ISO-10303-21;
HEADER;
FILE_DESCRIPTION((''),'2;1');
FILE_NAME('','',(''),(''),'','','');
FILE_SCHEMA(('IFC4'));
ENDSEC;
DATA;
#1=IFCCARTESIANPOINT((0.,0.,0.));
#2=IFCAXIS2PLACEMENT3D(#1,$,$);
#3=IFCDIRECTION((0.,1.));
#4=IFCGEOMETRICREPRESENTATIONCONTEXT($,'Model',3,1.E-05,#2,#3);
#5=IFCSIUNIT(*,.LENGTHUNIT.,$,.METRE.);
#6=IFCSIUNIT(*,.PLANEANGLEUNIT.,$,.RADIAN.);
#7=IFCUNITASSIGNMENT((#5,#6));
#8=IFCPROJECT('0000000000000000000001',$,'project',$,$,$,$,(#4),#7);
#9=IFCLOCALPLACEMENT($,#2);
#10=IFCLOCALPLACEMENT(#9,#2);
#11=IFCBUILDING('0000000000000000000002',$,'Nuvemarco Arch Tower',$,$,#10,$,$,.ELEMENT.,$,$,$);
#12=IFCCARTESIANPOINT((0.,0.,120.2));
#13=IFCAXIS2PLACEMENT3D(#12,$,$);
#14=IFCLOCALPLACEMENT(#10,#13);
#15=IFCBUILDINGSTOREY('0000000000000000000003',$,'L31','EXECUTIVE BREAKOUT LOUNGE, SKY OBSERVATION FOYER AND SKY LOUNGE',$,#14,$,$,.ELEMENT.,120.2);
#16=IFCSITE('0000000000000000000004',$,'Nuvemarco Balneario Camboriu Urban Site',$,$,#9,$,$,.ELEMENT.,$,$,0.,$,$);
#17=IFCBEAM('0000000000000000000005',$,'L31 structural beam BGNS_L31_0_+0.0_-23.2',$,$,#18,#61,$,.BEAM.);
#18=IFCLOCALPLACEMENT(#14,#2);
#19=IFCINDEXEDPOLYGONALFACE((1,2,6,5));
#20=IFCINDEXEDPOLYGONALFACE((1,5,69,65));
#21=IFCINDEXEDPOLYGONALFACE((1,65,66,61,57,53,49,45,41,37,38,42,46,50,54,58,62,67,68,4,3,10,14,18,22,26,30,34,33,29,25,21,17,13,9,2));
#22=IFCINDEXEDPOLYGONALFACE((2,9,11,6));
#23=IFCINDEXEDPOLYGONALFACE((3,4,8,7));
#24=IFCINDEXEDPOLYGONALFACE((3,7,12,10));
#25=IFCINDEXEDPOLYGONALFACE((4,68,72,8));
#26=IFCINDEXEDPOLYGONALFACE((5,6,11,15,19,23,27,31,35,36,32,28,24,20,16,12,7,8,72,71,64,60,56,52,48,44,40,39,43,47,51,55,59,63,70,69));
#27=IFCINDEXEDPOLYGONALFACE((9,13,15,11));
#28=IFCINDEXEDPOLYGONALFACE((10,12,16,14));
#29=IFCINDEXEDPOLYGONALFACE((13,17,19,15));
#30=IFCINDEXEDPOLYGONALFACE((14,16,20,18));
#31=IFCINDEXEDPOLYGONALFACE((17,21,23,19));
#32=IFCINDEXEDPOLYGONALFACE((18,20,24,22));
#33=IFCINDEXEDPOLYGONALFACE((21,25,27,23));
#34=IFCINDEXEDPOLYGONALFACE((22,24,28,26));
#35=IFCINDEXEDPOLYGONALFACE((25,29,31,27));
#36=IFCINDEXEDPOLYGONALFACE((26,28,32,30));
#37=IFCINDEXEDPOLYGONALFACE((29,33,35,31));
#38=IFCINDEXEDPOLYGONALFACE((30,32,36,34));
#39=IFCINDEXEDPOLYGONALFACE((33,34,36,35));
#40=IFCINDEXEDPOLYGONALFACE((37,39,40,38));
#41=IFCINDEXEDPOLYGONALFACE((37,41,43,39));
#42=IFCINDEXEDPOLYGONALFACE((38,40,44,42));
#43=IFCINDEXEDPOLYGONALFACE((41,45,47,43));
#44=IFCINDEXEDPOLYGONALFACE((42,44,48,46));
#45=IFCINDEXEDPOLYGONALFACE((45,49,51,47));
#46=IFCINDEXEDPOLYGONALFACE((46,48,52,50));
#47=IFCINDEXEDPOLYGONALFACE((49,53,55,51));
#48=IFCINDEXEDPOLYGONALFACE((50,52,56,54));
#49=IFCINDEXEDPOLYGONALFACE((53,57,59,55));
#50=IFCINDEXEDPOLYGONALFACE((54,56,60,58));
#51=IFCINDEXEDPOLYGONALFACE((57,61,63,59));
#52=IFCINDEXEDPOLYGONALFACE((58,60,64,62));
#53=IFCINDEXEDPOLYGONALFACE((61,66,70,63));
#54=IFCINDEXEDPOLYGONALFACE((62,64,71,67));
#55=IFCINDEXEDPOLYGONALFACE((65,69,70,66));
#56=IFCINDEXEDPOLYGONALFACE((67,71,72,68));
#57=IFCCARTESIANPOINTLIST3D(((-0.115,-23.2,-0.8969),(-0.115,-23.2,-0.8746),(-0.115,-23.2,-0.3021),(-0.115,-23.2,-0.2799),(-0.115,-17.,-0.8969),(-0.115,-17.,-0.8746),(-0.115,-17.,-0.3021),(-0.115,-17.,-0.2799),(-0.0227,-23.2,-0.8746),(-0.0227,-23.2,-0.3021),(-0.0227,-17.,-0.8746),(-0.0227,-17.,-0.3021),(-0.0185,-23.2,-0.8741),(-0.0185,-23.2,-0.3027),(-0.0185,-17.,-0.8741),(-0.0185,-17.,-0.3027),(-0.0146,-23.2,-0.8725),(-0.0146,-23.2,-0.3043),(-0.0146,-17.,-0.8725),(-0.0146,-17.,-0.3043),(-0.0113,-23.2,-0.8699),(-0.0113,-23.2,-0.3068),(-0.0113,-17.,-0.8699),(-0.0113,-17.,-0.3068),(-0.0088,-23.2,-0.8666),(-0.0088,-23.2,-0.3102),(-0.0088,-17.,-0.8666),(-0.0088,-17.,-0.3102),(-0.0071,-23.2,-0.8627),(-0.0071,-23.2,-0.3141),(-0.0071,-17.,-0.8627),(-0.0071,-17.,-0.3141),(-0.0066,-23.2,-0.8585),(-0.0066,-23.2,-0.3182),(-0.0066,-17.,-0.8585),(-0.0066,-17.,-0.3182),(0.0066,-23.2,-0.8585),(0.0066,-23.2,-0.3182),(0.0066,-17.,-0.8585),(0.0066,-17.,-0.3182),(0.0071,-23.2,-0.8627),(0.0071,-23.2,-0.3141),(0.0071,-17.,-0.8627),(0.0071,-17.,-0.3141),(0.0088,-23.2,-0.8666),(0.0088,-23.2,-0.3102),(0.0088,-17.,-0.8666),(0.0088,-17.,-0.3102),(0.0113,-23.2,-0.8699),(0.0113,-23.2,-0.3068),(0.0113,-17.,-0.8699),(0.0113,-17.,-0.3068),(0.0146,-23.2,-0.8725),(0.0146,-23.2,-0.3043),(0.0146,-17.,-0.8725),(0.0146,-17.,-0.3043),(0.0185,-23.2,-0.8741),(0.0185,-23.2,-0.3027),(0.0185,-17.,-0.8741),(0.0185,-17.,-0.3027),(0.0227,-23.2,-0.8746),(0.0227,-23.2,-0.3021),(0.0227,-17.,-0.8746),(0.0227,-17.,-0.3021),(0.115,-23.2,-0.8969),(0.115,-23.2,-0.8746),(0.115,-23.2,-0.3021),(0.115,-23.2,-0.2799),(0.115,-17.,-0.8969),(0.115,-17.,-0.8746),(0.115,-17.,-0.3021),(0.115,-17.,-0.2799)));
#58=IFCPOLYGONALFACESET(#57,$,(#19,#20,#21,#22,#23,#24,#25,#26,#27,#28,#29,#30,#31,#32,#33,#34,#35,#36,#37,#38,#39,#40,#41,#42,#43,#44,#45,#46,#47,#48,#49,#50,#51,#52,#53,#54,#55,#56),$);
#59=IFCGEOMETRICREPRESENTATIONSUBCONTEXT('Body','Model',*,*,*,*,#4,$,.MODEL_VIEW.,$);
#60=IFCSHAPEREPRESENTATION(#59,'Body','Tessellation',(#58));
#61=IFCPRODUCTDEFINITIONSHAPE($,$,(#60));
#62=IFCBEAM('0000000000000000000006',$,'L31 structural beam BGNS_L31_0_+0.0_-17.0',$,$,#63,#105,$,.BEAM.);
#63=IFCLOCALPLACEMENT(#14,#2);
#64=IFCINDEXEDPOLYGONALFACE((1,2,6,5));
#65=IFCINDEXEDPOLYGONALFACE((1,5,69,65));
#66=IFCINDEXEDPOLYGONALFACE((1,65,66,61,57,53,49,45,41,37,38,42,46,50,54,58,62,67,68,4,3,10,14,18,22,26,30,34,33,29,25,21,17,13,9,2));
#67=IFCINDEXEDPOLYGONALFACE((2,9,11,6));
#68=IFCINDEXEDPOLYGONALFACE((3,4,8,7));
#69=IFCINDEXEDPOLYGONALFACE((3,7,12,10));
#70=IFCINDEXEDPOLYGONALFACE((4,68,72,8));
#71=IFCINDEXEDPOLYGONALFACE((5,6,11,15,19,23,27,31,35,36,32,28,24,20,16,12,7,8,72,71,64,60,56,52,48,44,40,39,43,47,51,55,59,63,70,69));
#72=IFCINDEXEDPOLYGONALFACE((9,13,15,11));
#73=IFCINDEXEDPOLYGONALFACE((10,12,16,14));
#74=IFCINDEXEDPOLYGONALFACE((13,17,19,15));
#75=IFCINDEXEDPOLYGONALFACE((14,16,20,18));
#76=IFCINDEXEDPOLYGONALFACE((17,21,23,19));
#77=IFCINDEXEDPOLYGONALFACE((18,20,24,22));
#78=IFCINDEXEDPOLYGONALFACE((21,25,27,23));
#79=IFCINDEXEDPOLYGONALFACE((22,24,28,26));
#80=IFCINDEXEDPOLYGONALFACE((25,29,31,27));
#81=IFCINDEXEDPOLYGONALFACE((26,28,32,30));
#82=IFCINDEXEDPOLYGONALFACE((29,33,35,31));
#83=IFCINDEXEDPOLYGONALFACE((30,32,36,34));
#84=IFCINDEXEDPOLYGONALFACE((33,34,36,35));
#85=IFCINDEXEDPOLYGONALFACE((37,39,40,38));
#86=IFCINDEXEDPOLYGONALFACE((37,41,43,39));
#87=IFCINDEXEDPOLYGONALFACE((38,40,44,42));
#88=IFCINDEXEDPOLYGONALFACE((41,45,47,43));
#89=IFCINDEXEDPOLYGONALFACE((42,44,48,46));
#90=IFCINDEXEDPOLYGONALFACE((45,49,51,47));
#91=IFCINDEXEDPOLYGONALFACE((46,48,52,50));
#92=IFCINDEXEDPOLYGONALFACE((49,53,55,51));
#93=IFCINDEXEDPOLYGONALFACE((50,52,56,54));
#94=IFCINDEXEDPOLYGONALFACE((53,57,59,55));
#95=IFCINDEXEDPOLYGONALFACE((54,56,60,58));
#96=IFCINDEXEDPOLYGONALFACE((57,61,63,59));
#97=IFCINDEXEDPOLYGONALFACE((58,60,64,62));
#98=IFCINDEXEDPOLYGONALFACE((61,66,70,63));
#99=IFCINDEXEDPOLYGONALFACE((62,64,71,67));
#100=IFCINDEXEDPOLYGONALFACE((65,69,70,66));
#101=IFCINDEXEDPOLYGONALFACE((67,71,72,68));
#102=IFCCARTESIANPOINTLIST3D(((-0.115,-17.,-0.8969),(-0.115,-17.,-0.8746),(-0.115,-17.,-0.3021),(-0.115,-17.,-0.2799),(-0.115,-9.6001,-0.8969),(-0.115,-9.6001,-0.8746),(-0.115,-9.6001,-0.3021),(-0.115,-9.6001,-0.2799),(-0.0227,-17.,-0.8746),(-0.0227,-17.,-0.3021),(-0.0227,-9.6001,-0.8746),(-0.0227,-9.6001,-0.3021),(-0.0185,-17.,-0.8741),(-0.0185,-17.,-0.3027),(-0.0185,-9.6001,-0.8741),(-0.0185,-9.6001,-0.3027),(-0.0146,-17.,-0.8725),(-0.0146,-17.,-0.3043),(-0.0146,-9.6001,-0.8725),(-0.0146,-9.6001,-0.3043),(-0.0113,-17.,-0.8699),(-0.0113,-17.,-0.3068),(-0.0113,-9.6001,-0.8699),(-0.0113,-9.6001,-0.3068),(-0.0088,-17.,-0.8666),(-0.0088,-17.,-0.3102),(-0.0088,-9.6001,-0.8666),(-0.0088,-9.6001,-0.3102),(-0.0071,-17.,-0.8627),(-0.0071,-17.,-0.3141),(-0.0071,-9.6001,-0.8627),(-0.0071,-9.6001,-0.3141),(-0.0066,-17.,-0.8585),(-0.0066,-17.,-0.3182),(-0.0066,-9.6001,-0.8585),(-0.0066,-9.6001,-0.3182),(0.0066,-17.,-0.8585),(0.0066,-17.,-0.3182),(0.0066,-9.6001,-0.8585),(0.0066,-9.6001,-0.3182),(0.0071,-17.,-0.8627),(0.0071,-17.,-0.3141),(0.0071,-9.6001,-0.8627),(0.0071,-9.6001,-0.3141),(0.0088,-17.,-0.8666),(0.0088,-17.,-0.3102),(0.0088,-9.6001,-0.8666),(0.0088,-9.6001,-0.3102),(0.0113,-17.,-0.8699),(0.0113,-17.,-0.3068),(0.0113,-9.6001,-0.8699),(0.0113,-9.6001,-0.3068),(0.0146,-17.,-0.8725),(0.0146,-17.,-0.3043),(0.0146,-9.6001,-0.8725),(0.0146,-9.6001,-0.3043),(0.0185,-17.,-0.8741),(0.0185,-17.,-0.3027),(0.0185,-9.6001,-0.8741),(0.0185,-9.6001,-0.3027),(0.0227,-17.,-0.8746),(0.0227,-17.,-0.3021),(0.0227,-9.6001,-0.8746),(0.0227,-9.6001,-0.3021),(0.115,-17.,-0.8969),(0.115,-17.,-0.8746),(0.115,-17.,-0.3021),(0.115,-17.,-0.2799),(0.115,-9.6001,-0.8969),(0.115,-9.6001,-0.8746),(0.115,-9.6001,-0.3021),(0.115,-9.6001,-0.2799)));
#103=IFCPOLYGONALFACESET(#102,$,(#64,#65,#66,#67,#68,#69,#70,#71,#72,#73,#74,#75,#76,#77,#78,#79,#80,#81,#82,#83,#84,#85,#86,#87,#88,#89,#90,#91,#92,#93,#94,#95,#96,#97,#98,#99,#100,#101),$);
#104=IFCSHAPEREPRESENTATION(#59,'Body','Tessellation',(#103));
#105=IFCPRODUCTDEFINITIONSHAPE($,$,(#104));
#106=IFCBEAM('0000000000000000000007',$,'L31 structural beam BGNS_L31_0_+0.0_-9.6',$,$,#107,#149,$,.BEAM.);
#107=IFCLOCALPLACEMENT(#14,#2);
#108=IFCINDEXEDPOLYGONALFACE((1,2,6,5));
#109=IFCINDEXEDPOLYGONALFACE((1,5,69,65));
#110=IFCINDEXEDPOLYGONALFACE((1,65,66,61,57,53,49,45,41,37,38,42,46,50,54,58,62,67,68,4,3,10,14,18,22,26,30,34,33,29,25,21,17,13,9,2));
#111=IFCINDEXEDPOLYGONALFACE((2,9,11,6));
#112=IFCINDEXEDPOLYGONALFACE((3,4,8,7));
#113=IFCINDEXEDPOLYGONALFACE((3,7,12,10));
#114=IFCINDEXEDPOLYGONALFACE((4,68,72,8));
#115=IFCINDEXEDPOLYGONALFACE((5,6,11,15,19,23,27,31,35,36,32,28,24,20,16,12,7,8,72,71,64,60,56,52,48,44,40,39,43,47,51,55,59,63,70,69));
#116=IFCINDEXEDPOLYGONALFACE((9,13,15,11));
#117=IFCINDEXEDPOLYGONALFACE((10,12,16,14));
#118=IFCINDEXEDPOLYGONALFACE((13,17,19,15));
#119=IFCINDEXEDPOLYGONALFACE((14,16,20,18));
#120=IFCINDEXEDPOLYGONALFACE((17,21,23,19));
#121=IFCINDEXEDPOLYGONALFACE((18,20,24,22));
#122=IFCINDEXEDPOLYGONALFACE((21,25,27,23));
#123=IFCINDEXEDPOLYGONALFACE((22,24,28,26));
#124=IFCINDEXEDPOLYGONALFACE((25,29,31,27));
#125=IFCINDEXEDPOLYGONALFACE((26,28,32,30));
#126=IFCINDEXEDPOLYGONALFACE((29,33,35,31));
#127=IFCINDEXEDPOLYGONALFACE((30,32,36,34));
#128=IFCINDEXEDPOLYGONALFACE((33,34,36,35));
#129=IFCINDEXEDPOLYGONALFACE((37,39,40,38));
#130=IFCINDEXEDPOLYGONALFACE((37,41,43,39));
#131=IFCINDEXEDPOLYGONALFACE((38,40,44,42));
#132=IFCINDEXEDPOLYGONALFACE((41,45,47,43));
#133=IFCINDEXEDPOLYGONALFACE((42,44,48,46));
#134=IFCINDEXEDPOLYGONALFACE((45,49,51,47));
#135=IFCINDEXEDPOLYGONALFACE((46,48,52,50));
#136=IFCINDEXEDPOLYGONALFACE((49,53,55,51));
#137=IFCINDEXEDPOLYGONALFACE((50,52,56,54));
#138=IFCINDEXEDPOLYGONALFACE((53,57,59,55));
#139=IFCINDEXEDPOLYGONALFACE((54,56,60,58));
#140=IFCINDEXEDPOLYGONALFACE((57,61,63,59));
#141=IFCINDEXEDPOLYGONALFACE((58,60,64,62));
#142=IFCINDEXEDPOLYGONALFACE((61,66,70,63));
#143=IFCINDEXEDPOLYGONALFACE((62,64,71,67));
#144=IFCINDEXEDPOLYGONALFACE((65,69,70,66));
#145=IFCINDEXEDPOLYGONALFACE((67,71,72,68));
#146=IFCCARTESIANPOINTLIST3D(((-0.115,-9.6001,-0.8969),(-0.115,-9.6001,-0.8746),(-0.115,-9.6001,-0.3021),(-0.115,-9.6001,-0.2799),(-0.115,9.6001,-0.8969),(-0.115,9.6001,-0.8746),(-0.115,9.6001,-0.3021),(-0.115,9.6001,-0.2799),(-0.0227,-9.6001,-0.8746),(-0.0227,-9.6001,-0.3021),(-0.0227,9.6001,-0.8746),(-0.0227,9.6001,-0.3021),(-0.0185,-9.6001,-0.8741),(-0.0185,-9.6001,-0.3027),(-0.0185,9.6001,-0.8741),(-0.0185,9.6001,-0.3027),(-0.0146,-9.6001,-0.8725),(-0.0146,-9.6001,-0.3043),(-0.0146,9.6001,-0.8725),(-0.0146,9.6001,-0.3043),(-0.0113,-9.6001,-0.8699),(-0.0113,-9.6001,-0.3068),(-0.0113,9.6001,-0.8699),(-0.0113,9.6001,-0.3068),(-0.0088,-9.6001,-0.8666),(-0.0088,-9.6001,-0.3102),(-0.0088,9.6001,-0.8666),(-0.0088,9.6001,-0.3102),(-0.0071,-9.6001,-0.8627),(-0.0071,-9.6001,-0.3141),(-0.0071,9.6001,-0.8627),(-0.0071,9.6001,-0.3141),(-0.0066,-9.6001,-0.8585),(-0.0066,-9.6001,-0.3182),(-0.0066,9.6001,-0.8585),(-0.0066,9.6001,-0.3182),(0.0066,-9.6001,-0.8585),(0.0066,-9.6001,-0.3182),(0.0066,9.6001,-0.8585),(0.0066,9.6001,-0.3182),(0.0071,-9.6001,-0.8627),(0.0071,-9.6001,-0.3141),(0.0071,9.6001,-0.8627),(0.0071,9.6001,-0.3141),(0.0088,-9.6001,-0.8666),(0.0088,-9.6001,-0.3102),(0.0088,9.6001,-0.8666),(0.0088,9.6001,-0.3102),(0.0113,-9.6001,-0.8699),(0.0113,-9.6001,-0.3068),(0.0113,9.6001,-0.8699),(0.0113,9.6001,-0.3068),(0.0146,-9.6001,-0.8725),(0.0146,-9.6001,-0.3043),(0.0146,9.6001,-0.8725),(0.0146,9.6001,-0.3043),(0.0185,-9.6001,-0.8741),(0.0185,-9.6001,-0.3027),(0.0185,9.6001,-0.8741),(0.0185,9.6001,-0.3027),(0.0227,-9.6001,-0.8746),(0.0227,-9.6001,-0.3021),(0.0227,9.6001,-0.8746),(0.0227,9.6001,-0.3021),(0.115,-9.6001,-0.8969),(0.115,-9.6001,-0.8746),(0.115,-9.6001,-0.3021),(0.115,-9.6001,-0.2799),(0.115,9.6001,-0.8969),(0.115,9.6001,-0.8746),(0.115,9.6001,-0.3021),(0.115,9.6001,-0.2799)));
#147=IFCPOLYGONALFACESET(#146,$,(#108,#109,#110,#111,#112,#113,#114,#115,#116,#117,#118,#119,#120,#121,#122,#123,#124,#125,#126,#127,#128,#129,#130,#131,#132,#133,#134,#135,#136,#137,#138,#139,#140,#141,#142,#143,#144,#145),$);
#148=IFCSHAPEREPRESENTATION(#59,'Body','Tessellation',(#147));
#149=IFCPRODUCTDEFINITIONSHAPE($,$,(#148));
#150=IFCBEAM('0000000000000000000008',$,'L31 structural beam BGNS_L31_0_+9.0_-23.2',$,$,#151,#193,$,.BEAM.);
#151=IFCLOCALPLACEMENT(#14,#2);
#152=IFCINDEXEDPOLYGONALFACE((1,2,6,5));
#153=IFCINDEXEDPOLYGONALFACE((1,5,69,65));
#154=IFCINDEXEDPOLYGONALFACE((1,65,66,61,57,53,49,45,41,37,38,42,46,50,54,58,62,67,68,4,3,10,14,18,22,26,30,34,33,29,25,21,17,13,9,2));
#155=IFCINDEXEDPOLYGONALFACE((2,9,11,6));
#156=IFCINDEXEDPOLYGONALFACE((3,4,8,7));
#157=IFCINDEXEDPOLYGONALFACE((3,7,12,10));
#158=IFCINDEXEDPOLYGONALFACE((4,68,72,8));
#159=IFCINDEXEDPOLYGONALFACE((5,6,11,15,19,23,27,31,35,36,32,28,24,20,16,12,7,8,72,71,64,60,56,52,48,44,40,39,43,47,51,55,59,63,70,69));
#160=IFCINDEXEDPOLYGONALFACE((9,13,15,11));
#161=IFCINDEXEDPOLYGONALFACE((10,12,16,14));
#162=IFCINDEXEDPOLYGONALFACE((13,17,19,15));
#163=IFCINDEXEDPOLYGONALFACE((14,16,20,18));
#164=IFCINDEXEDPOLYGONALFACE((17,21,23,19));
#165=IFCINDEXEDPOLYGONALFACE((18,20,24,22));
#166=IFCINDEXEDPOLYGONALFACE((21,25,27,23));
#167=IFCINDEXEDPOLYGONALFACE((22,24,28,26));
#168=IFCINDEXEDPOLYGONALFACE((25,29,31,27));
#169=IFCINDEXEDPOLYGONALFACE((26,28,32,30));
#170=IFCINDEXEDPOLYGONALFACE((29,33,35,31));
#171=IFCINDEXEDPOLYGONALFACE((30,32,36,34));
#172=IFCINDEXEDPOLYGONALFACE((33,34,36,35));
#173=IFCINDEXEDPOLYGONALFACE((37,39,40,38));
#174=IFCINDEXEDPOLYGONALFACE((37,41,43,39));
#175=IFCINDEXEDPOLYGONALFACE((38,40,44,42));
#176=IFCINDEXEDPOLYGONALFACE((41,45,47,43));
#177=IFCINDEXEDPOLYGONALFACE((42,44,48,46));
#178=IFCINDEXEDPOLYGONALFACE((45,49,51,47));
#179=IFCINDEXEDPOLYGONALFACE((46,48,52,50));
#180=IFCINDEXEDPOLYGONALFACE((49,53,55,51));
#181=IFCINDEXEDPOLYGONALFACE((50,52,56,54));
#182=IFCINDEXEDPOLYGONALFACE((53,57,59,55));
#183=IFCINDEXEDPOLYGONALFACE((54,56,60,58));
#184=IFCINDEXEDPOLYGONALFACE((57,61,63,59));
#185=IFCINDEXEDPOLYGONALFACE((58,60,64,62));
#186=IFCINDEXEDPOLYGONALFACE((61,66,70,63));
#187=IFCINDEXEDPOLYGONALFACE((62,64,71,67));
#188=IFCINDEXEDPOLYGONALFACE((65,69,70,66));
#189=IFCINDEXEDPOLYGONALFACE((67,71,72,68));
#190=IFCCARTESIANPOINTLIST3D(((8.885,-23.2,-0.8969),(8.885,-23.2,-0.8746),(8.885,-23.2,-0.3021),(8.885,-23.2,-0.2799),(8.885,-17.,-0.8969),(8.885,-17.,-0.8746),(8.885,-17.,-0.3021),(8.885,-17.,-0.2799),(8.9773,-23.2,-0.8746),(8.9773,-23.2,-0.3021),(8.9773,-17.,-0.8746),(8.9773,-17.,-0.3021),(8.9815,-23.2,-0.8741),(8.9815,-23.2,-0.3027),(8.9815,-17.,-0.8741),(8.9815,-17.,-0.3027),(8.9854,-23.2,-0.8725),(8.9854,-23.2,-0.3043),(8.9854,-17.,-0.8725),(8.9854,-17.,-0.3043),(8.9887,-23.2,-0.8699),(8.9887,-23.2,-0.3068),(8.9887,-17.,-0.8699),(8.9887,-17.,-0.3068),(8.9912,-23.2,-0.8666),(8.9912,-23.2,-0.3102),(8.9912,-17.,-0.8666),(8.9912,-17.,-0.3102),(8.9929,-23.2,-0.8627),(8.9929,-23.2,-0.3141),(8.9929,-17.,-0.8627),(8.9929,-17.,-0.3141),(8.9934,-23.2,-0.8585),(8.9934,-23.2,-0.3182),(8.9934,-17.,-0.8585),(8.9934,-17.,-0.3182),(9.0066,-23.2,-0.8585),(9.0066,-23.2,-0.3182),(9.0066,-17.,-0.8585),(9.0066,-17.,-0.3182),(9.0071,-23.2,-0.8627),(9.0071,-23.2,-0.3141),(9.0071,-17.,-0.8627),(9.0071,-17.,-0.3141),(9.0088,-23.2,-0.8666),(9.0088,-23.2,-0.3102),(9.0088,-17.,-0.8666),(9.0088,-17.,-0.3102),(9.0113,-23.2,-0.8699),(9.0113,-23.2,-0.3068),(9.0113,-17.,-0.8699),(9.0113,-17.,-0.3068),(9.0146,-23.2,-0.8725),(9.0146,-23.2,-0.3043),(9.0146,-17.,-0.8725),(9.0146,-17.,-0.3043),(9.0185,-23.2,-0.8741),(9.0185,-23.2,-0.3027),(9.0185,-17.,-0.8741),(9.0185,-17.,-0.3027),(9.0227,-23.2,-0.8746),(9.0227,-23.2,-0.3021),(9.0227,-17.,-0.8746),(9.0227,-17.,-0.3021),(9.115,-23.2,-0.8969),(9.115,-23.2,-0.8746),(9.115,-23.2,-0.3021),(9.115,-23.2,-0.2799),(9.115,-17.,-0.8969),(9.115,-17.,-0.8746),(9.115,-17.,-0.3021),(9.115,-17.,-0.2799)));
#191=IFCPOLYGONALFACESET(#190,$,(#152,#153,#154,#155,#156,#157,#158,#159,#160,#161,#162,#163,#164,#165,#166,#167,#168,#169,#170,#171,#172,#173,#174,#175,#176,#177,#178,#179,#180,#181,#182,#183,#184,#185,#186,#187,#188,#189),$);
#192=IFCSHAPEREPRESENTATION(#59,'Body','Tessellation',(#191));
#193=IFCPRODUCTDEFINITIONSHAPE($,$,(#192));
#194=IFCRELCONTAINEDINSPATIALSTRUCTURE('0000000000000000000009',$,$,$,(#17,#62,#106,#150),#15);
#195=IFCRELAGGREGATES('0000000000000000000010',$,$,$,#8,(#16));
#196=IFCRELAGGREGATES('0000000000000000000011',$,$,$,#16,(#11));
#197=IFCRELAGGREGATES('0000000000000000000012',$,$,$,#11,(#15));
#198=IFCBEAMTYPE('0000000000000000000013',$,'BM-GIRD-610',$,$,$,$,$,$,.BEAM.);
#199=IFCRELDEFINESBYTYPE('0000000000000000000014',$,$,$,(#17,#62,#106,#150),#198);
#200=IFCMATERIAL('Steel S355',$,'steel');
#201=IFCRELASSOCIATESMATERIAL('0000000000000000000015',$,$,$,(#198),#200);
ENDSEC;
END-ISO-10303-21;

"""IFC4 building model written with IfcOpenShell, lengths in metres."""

from ifc_helpers import new_model, si_unit, direction, frame, origin, origin_2d, place, context, subcontext, project, spatial, i_section, extrude, material, material_profile, profile_set, type_object, element, save


model = new_model("IFC4")

# Units and contexts
model_context = context("Model", 3, precision=1e-05, world=origin(), true_north=direction((0.0, 1.0)))
body_context = subcontext(model_context, "Body", "Model", "MODEL_VIEW")
ifc_project = project(units=[si_unit("LENGTHUNIT", "METRE"), si_unit("PLANEANGLEUNIT", "RADIAN")], contexts=[model_context])

# Site, building, storey
site_placement = place(None, origin())
site = spatial("IfcSite", under=ifc_project, at=site_placement, Name="Nuvemarco Balneario Camboriu Urban Site", CompositionType="ELEMENT", RefElevation=0.0)
building_placement = place(site_placement, origin())
building = spatial("IfcBuilding", under=site, at=building_placement, Name="Nuvemarco Arch Tower", CompositionType="ELEMENT")
storey_placement = place(building_placement, frame((0.0, 0.0, 120.2)))
storey = spatial("IfcBuildingStorey", under=building, at=storey_placement, Name="L31", Description="EXECUTIVE BREAKOUT LOUNGE, SKY OBSERVATION FOYER AND SKY LOUNGE", CompositionType="ELEMENT", Elevation=120.2)

# Shared definitions
ifc_material_1 = material(Name="Steel S355", Category="steel")

# Beams
ifc_material_profile_1 = material_profile(ifc_material_1, i_section(OverallWidth=0.23, OverallDepth=0.6169, WebThickness=0.0132, FlangeThickness=0.0222, FilletRadius=0.0161, at=origin_2d()), Name="W610x140")
ifc_profile_set_1 = profile_set([ifc_material_profile_1], Name="Steel S355")
beam_type_1 = type_object("IfcBeamType", Name="BM-GIRD-610", PredefinedType="BEAM", material=ifc_profile_set_1)
beam_1_placement = place(storey_placement, frame((0.0, -23.2, -0.5884), z_axis=(0.0, 1.0, 0.0), x_axis=(-1.0, 0.0, 0.0)))
element("IfcBeam", 1, at=beam_1_placement, inside=storey, type_object=beam_type_1, Name="L31 structural beam BGNS_L31_0_+0.0_-23.2", PredefinedType="BEAM", context=body_context, shape_type="SweptSolid", body=[
    extrude(i_section(OverallWidth=0.23, OverallDepth=0.6169, WebThickness=0.0132, FlangeThickness=0.0222, FilletRadius=0.0161, at=origin_2d()), origin(), (0.0, 0.0, 1.0), 6.2),
])
beam_2_placement = place(storey_placement, frame((0.0, -17.0, -0.5884), z_axis=(0.0, 1.0, 0.0), x_axis=(-1.0, 0.0, 0.0)))
element("IfcBeam", 2, at=beam_2_placement, inside=storey, type_object=beam_type_1, Name="L31 structural beam BGNS_L31_0_+0.0_-17.0", PredefinedType="BEAM", context=body_context, shape_type="SweptSolid", body=[
    extrude(i_section(OverallWidth=0.23, OverallDepth=0.6169, WebThickness=0.0132, FlangeThickness=0.0222, FilletRadius=0.0161, at=origin_2d()), origin(), (0.0, 0.0, 1.0), 7.3999),
])
beam_3_placement = place(storey_placement, frame((0.0, -9.6001, -0.5884), z_axis=(0.0, 1.0, 0.0), x_axis=(-1.0, 0.0, 0.0)))
element("IfcBeam", 3, at=beam_3_placement, inside=storey, type_object=beam_type_1, Name="L31 structural beam BGNS_L31_0_+0.0_-9.6", PredefinedType="BEAM", context=body_context, shape_type="SweptSolid", body=[
    extrude(i_section(OverallWidth=0.23, OverallDepth=0.6169, WebThickness=0.0132, FlangeThickness=0.0222, FilletRadius=0.0161, at=origin_2d()), origin(), (0.0, 0.0, 1.0), 19.2002),
])
beam_4_placement = place(storey_placement, frame((9.0, -23.2, -0.5884), z_axis=(0.0, 1.0, 0.0), x_axis=(-1.0, 0.0, 0.0)))
element("IfcBeam", 4, at=beam_4_placement, inside=storey, type_object=beam_type_1, Name="L31 structural beam BGNS_L31_0_+9.0_-23.2", PredefinedType="BEAM", context=body_context, shape_type="SweptSolid", body=[
    extrude(i_section(OverallWidth=0.23, OverallDepth=0.6169, WebThickness=0.0132, FlangeThickness=0.0222, FilletRadius=0.0161, at=origin_2d()), origin(), (0.0, 0.0, 1.0), 6.2),
])

save(model, "model.ifc")
